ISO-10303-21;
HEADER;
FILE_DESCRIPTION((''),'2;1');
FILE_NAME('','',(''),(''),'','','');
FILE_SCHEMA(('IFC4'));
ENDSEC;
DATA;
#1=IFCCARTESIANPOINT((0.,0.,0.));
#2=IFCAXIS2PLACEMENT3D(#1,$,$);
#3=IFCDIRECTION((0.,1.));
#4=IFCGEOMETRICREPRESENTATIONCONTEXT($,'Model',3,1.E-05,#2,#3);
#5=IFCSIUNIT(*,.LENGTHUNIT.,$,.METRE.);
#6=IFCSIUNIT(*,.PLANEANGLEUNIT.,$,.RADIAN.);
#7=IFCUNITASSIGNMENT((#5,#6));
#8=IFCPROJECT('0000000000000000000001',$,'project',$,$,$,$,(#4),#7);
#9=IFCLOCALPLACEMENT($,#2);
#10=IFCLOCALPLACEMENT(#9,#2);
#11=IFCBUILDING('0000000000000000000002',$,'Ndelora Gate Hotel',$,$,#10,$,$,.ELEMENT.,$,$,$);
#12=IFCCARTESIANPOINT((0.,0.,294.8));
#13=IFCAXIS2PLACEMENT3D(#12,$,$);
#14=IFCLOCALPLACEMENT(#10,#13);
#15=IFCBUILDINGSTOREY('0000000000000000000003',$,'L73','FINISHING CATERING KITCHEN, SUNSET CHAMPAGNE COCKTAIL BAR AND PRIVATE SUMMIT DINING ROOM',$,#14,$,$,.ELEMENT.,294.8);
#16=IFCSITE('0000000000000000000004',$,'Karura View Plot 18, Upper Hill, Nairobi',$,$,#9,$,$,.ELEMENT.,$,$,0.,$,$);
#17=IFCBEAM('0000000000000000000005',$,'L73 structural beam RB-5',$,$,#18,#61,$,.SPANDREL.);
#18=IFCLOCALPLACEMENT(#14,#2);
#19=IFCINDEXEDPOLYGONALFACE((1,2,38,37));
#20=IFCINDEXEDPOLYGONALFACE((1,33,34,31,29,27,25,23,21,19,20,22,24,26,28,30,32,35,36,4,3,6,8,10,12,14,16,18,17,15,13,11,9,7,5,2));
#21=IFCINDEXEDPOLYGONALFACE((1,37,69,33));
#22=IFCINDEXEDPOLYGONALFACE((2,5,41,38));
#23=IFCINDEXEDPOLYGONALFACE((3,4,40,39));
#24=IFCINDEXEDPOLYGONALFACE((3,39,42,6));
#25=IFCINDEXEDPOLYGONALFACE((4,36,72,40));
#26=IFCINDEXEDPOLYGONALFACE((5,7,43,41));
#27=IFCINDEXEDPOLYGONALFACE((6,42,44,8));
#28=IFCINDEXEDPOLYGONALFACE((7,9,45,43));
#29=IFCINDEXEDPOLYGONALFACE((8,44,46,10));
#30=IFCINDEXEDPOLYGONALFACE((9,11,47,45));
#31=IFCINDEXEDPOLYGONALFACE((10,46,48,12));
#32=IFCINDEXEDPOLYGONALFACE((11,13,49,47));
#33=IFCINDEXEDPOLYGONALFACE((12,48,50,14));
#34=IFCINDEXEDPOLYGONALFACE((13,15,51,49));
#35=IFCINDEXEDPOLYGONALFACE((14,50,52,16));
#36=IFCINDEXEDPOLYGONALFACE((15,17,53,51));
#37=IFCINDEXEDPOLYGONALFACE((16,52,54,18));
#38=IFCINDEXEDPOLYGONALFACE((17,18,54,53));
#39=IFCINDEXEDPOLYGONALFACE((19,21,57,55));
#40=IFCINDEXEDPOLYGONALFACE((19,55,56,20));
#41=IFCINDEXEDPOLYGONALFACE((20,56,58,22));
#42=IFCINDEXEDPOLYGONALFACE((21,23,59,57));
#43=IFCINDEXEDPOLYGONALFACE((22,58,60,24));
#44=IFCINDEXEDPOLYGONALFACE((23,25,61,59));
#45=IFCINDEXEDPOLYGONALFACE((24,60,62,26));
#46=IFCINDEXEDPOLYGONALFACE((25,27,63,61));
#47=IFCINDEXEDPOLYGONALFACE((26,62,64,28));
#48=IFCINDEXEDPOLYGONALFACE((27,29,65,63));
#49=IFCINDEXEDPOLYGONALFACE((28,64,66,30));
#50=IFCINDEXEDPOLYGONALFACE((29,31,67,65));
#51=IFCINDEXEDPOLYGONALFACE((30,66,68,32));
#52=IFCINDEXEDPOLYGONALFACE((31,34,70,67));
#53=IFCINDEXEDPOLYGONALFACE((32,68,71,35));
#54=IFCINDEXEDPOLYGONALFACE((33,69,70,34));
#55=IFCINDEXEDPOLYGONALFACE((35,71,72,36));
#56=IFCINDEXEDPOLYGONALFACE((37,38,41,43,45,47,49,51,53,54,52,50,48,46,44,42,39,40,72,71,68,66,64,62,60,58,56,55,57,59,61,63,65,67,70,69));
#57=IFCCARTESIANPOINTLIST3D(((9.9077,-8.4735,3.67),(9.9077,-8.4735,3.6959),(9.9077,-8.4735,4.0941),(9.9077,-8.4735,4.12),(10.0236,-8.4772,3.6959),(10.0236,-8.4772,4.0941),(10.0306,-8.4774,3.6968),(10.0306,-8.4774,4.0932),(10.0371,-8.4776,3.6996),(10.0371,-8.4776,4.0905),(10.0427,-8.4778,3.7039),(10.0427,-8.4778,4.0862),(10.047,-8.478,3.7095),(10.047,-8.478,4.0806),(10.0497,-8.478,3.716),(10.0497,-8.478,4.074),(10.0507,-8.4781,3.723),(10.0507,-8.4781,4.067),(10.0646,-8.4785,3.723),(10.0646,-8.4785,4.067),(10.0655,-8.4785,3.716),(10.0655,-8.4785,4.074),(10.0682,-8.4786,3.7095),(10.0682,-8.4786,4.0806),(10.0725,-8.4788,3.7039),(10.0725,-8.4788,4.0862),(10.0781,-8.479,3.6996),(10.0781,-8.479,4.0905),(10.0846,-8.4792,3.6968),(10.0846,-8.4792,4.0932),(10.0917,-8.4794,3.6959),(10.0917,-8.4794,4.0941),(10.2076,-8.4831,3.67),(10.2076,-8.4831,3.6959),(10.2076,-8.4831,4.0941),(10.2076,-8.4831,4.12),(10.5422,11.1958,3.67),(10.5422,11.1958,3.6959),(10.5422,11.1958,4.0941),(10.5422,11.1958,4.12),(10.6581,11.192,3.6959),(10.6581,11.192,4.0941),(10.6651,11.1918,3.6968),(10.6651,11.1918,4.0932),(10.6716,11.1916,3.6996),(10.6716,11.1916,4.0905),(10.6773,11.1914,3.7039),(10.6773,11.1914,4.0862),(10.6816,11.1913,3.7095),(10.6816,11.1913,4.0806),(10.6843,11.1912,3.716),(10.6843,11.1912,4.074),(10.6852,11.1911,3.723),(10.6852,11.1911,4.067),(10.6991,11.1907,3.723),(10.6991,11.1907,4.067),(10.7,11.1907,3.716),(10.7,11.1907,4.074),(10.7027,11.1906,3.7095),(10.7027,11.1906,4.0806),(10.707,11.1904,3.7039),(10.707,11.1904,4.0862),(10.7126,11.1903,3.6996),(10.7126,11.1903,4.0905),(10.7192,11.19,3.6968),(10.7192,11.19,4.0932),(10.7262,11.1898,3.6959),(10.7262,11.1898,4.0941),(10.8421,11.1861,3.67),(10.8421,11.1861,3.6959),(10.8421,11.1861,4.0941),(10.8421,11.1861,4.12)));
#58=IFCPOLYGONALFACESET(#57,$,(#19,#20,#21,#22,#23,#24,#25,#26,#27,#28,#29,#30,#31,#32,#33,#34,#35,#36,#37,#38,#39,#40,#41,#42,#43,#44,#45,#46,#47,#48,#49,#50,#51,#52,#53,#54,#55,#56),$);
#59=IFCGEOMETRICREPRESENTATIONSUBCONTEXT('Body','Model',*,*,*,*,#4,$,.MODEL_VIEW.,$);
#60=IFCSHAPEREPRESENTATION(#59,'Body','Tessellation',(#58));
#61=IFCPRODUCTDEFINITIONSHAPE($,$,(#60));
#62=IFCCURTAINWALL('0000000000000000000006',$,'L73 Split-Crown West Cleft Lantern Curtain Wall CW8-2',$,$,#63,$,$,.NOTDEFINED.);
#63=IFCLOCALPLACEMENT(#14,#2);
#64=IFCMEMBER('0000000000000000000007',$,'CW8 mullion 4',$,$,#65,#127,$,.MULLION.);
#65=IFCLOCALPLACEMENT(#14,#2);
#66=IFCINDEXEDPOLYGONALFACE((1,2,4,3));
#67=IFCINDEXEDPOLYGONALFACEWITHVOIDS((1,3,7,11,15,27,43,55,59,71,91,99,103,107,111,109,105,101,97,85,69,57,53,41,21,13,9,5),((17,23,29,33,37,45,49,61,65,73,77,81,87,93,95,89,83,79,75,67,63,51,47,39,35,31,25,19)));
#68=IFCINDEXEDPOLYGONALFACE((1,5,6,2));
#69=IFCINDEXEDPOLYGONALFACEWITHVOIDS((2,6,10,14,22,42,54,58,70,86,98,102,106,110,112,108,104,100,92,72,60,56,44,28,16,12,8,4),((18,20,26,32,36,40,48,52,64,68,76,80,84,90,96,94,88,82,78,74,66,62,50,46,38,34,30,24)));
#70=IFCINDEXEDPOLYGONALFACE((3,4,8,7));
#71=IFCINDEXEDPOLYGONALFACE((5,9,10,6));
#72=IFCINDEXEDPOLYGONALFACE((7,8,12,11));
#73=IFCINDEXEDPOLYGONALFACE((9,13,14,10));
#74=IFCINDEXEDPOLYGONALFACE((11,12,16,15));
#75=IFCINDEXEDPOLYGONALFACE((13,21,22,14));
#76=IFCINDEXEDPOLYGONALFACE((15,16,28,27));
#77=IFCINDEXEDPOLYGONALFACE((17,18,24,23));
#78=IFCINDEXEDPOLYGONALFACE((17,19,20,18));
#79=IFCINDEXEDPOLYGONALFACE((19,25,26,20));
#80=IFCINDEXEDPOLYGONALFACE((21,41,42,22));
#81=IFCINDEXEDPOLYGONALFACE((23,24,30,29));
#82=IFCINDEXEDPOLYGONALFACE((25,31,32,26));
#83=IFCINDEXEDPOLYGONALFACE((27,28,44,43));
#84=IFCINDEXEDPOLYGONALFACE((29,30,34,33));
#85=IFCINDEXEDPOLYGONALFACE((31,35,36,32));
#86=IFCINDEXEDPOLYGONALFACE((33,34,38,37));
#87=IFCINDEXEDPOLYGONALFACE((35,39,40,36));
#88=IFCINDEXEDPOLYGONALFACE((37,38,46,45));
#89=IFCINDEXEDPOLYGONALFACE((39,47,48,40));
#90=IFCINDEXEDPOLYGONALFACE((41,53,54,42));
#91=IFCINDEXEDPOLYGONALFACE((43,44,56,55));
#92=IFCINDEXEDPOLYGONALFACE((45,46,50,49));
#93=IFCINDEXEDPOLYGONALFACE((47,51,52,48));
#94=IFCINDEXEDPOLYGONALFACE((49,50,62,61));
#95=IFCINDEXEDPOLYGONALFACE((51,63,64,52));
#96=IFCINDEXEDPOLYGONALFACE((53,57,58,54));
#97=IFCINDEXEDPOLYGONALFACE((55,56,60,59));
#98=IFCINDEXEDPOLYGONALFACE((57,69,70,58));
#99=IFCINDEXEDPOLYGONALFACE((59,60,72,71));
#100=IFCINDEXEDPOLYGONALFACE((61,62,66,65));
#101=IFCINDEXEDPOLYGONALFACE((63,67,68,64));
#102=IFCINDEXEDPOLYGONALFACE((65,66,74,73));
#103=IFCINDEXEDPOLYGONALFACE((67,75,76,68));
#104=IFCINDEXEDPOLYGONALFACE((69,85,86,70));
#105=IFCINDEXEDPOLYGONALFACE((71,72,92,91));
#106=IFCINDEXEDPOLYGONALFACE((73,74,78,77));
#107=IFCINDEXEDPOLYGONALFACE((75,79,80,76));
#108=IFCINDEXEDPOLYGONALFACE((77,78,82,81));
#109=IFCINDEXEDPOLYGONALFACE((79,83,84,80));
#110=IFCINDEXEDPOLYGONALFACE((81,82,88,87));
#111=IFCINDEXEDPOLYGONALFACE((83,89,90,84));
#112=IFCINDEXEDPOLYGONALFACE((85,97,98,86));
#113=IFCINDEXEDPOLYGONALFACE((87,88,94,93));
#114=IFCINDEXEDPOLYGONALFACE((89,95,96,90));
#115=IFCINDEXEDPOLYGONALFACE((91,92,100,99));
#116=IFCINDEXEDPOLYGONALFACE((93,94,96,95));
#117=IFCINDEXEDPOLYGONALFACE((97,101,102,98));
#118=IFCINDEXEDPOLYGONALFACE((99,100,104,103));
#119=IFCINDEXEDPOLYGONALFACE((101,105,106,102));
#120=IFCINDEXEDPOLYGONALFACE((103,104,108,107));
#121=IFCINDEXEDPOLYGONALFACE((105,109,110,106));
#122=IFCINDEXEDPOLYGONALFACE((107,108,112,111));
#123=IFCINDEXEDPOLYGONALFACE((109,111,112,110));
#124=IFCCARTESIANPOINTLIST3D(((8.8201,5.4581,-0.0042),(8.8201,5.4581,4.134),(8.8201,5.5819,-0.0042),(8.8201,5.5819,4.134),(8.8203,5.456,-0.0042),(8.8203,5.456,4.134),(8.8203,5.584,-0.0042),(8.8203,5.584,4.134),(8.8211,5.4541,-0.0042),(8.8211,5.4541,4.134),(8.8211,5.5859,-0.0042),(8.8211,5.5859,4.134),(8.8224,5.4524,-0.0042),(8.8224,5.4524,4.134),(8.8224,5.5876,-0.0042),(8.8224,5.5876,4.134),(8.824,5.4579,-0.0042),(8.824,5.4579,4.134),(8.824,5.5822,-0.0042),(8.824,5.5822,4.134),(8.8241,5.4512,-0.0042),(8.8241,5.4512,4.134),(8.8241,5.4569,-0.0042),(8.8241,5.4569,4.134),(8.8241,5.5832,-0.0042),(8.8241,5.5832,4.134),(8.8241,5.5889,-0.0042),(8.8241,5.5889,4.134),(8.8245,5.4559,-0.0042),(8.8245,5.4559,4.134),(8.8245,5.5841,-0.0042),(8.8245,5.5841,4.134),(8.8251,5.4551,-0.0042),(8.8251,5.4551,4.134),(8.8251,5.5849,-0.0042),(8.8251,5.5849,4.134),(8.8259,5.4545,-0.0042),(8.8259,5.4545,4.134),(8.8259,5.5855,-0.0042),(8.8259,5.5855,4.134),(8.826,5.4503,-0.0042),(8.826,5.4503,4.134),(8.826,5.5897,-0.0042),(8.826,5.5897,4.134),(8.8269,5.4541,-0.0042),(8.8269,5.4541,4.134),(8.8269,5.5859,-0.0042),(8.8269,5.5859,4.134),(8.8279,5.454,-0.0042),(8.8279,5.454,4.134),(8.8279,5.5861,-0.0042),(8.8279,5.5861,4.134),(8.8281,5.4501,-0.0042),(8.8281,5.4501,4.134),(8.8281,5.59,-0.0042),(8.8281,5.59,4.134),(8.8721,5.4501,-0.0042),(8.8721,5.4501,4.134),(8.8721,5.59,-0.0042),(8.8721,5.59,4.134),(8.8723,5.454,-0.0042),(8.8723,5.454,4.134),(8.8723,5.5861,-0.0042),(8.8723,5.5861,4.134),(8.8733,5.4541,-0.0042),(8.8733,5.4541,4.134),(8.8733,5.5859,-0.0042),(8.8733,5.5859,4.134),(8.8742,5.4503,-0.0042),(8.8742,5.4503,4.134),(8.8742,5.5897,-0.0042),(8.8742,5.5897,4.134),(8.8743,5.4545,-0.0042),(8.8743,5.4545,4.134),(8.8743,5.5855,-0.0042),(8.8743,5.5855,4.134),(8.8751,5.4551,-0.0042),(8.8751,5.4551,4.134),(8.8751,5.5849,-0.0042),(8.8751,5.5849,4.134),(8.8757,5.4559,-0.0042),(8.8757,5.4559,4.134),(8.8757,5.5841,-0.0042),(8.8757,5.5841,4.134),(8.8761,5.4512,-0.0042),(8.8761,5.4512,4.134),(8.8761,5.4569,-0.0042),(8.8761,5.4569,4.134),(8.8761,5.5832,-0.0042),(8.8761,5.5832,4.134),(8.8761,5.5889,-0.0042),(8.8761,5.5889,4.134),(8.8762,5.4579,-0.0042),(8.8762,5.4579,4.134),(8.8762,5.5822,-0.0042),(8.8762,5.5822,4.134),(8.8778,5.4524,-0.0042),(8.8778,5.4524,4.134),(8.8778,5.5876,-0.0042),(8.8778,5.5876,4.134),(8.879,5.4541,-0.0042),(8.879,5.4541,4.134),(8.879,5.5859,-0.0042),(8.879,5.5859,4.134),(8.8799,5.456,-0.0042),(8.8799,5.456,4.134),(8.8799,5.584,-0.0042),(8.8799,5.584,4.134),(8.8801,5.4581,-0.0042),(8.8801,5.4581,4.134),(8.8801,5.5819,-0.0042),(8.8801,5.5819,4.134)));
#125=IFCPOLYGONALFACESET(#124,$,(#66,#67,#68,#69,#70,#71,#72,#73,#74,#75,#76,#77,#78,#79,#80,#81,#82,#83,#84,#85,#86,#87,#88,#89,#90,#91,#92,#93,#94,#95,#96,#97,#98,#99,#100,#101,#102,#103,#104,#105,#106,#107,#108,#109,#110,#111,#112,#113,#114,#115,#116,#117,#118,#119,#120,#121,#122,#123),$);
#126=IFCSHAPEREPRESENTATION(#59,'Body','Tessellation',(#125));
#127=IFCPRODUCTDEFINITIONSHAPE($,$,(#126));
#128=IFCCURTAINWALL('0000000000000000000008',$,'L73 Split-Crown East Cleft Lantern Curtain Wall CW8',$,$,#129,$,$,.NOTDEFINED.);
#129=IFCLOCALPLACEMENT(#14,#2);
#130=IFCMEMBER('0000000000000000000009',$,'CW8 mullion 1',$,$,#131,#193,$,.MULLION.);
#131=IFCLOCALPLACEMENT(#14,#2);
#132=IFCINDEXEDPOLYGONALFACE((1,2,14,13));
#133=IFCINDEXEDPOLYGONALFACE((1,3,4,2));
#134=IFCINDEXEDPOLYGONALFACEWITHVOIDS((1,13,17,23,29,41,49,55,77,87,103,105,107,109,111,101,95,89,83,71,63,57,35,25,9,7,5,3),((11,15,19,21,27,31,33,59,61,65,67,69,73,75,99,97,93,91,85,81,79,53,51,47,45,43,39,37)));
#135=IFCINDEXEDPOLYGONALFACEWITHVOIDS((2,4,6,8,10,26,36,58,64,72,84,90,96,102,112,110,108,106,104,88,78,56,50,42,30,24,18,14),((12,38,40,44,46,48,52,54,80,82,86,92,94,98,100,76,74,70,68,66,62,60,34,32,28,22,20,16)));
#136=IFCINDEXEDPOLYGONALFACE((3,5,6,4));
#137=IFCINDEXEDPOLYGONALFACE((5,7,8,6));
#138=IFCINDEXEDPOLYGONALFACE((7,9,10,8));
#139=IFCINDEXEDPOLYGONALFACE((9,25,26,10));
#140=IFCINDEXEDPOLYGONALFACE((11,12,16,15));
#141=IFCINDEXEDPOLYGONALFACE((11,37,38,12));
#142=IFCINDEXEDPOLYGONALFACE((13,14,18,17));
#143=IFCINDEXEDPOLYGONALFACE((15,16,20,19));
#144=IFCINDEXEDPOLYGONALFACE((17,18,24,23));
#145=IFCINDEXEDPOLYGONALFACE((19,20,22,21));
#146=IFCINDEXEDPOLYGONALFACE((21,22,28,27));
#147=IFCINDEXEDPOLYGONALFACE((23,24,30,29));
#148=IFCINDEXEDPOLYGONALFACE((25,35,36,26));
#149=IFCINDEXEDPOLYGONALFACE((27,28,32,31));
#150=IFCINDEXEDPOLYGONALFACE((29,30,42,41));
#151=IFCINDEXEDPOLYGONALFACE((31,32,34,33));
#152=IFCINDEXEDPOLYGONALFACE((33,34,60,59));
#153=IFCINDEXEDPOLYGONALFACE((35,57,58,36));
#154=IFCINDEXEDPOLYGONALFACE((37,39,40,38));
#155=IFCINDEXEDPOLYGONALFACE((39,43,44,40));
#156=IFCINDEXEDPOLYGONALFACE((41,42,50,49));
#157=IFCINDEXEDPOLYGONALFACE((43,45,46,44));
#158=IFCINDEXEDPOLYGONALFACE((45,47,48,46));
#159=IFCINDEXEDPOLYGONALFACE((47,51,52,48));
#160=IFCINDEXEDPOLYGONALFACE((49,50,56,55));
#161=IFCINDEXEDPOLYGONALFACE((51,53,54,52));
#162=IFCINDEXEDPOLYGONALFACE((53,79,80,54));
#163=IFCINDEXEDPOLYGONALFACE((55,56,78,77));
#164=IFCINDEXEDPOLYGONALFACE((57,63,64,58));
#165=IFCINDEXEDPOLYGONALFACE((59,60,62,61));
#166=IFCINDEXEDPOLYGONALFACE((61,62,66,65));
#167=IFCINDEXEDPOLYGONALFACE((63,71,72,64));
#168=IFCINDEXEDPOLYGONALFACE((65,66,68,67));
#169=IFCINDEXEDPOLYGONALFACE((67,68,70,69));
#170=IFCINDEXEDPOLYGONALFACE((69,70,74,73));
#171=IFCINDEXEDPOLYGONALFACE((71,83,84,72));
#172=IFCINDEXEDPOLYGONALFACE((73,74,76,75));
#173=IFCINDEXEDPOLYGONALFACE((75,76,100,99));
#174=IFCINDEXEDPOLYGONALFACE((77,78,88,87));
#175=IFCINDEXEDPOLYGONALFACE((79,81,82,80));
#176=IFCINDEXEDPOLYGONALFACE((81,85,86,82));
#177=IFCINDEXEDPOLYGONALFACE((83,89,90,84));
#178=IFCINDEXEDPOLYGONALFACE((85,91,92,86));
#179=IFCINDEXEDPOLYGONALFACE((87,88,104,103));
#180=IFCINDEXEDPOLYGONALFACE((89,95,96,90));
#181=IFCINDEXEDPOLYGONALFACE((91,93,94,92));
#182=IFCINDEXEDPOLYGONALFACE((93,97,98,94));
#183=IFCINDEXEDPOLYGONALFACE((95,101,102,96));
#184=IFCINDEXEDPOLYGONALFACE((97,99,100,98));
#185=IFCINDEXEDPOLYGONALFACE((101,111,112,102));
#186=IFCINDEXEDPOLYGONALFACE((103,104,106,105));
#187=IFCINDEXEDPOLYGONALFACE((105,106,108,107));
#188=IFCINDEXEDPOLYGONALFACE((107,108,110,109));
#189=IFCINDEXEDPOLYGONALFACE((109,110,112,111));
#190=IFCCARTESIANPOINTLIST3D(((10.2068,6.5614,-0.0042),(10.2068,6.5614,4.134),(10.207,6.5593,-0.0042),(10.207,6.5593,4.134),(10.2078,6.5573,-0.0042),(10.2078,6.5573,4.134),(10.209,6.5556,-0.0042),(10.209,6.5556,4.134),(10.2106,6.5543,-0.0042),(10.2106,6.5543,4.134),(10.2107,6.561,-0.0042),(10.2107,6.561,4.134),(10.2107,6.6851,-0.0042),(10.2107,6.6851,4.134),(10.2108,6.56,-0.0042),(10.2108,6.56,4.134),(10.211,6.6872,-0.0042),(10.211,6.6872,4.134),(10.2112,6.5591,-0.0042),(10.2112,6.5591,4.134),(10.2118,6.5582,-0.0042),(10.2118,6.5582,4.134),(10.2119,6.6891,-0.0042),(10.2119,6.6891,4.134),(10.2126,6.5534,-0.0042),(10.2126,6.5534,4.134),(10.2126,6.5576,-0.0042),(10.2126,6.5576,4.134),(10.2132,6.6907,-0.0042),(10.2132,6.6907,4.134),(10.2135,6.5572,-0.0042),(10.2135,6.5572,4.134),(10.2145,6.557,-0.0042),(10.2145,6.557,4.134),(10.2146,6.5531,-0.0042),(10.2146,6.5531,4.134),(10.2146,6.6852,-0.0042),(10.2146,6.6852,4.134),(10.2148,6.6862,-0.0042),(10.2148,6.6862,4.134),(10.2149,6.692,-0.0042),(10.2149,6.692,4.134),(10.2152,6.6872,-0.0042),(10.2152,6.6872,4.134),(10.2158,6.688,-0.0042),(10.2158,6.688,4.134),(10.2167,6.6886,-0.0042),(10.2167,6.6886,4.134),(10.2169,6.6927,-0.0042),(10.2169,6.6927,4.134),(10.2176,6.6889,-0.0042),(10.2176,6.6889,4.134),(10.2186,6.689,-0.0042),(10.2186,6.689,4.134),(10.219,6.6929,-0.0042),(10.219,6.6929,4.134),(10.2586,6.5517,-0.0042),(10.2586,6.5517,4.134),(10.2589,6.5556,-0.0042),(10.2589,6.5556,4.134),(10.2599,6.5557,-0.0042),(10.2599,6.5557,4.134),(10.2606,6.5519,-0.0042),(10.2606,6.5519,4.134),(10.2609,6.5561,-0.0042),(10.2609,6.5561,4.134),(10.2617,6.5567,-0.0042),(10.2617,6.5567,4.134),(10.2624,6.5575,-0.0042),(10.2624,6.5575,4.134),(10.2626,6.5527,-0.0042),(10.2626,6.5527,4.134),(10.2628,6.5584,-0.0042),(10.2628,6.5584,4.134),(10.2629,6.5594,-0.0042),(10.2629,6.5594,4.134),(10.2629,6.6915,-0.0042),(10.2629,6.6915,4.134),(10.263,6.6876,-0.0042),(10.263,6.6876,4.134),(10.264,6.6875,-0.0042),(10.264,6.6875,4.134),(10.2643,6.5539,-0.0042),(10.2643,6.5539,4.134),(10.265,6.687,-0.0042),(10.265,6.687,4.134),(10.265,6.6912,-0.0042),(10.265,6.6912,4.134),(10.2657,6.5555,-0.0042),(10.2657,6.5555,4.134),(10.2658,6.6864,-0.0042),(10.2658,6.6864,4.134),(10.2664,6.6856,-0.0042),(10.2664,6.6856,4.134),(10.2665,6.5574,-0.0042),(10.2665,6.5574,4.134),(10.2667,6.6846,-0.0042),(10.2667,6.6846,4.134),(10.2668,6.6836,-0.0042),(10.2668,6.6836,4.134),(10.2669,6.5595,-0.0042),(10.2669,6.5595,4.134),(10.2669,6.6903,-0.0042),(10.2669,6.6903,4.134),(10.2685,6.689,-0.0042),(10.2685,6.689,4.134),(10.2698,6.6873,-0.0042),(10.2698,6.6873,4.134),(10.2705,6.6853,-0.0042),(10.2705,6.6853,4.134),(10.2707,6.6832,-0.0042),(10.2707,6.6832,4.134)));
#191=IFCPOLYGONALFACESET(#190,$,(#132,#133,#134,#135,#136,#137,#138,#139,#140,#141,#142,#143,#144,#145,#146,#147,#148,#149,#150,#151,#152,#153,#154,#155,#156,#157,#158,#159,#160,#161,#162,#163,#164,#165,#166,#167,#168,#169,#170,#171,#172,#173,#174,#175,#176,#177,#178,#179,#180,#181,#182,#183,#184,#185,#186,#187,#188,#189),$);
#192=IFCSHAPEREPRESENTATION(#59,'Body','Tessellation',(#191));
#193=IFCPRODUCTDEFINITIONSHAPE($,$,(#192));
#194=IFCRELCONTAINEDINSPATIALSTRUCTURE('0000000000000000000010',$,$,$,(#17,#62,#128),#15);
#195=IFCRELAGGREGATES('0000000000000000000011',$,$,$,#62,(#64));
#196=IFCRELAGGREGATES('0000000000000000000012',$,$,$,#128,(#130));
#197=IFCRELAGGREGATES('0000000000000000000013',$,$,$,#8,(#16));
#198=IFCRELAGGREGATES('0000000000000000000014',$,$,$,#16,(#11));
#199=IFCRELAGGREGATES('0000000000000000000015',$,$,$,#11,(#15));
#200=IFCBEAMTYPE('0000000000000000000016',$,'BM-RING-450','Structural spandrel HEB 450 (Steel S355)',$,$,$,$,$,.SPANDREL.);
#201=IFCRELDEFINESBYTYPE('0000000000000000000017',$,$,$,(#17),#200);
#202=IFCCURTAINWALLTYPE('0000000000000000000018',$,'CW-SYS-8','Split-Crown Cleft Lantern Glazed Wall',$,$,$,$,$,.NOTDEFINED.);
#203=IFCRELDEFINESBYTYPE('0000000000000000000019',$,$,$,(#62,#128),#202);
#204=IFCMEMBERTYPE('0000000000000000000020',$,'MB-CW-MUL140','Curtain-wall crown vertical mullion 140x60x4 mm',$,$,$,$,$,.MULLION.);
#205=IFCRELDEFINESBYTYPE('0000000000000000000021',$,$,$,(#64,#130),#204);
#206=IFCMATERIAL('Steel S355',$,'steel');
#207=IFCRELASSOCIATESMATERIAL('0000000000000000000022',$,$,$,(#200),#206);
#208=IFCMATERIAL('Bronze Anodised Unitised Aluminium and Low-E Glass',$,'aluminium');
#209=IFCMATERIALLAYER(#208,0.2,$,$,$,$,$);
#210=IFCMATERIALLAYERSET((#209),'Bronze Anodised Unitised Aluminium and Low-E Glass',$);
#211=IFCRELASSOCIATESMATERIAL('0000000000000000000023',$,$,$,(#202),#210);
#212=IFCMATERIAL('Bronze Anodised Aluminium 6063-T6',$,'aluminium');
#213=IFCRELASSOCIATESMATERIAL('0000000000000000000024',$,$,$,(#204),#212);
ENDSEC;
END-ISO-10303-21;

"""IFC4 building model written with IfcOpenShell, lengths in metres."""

from ifc_helpers import new_model, si_unit, direction, frame, origin, origin_2d, place, context, subcontext, project, spatial, hollow_rectangle, i_section, extrude, material, layer, layer_set, material_profile, profile_set, type_object, element, aggregate, save


model = new_model("IFC4")

# Units and contexts
model_context = context("Model", 3, precision=1e-05, world=origin(), true_north=direction((0.0, 1.0)))
body_context = subcontext(model_context, "Body", "Model", "MODEL_VIEW")
ifc_project = project(units=[si_unit("LENGTHUNIT", "METRE"), si_unit("PLANEANGLEUNIT", "RADIAN")], contexts=[model_context])

# Site, building, storey
site_placement = place(None, origin())
site = spatial("IfcSite", under=ifc_project, at=site_placement, Name="Karura View Plot 18, Upper Hill, Nairobi", CompositionType="ELEMENT", RefElevation=0.0)
building_placement = place(site_placement, origin())
building = spatial("IfcBuilding", under=site, at=building_placement, Name="Ndelora Gate Hotel", CompositionType="ELEMENT")
storey_placement = place(building_placement, frame((0.0, 0.0, 294.8)))
storey = spatial("IfcBuildingStorey", under=building, at=storey_placement, Name="L73", Description="FINISHING CATERING KITCHEN, SUNSET CHAMPAGNE COCKTAIL BAR AND PRIVATE SUMMIT DINING ROOM", CompositionType="ELEMENT", Elevation=294.8)

# Beam
ifc_material_1 = material(Name="Steel S355", Category="steel")
ifc_material_profile_1 = material_profile(ifc_material_1, i_section(OverallWidth=0.3, OverallDepth=0.45, WebThickness=0.0139, FlangeThickness=0.0259, FilletRadius=0.0271, at=origin_2d()), Name="HEB 450")
ifc_profile_set_1 = profile_set([ifc_material_profile_1], Name="Steel S355")
beam_type = type_object("IfcBeamType", Name="BM-RING-450", Description="Structural spandrel HEB 450 (Steel S355)", PredefinedType="SPANDREL", material=ifc_profile_set_1)
beam_1_placement = place(storey_placement, frame((10.6921, 11.1909, 3.895), z_axis=(-0.032243, -0.99948, 0.0), x_axis=(0.99948, -0.032243, 0.0)))
element("IfcBeam", 1, at=beam_1_placement, inside=storey, type_object=beam_type, Name="L73 structural beam RB-5", PredefinedType="SPANDREL", context=body_context, shape_type="SweptSolid", body=[
    extrude(i_section(OverallWidth=0.3, OverallDepth=0.45, WebThickness=0.0139, FlangeThickness=0.0259, FilletRadius=0.0271, at=origin_2d()), origin(), (0.0, 0.0, 1.0), 19.6794),
])

# Curtain wall, member
ifc_material_2 = material(Name="Bronze Anodised Unitised Aluminium and Low-E Glass", Category="aluminium")
ifc_layer_1 = layer(ifc_material_2, 0.2)
ifc_layer_set_1 = layer_set([ifc_layer_1], Name="Bronze Anodised Unitised Aluminium and Low-E Glass")
curtain_wall_type = type_object("IfcCurtainWallType", Name="CW-SYS-8", Description="Split-Crown Cleft Lantern Glazed Wall", PredefinedType="NOTDEFINED", material=ifc_layer_set_1)
curtain_wall_1_placement = place(storey_placement, origin())
curtain_wall_1 = element("IfcCurtainWall", 2, at=curtain_wall_1_placement, inside=storey, type_object=curtain_wall_type, Name="L73 Split-Crown West Cleft Lantern Curtain Wall CW8-2", PredefinedType="NOTDEFINED")
ifc_material_3 = material(Name="Bronze Anodised Aluminium 6063-T6", Category="aluminium")
ifc_material_profile_2 = material_profile(ifc_material_3, hollow_rectangle(XDim=0.0601, YDim=0.1399, WallThickness=0.0039, InnerFilletRadius=0.0039, OuterFilletRadius=0.0081, at=origin_2d()), Name="ALU 140x60x4")
ifc_profile_set_2 = profile_set([ifc_material_profile_2], Name="Bronze Anodised Aluminium 6063-T6")
member_type_1 = type_object("IfcMemberType", Name="MB-CW-MUL140", Description="Curtain-wall crown vertical mullion 140x60x4 mm", PredefinedType="MULLION", material=ifc_profile_set_2)
member_1_placement = place(storey_placement, frame((8.8501, 5.52, -0.0042), z_axis=(0.0, 0.0, 1.0), x_axis=(-1.0, 0.0, 0.0)))
member_1 = element("IfcMember", 3, at=member_1_placement, type_object=member_type_1, Name="CW8 mullion 4", PredefinedType="MULLION", context=body_context, shape_type="SweptSolid", body=[
    extrude(hollow_rectangle(XDim=0.0601, YDim=0.1399, WallThickness=0.0039, InnerFilletRadius=0.0039, OuterFilletRadius=0.0081, at=origin_2d()), origin(), (0.0, 0.0, 1.0), 4.1382),
])
aggregate(curtain_wall_1, [member_1])

# Curtain wall, member
curtain_wall_2_placement = place(storey_placement, origin())
curtain_wall_2 = element("IfcCurtainWall", 4, at=curtain_wall_2_placement, inside=storey, type_object=curtain_wall_type, Name="L73 Split-Crown East Cleft Lantern Curtain Wall CW8", PredefinedType="NOTDEFINED")
member_2_placement = place(storey_placement, frame((10.2388, 6.6223, -0.0042), z_axis=(0.0, 0.0, 1.0), x_axis=(0.999515, -0.031131, 0.0)))
member_2 = element("IfcMember", 5, at=member_2_placement, type_object=member_type_1, Name="CW8 mullion 1", PredefinedType="MULLION", context=body_context, shape_type="SweptSolid", body=[
    extrude(hollow_rectangle(XDim=0.0601, YDim=0.1399, WallThickness=0.0039, InnerFilletRadius=0.0039, OuterFilletRadius=0.0081, at=origin_2d()), origin(), (0.0, 0.0, 1.0), 4.1382),
])
aggregate(curtain_wall_2, [member_2])

save(model, "model.ifc")
